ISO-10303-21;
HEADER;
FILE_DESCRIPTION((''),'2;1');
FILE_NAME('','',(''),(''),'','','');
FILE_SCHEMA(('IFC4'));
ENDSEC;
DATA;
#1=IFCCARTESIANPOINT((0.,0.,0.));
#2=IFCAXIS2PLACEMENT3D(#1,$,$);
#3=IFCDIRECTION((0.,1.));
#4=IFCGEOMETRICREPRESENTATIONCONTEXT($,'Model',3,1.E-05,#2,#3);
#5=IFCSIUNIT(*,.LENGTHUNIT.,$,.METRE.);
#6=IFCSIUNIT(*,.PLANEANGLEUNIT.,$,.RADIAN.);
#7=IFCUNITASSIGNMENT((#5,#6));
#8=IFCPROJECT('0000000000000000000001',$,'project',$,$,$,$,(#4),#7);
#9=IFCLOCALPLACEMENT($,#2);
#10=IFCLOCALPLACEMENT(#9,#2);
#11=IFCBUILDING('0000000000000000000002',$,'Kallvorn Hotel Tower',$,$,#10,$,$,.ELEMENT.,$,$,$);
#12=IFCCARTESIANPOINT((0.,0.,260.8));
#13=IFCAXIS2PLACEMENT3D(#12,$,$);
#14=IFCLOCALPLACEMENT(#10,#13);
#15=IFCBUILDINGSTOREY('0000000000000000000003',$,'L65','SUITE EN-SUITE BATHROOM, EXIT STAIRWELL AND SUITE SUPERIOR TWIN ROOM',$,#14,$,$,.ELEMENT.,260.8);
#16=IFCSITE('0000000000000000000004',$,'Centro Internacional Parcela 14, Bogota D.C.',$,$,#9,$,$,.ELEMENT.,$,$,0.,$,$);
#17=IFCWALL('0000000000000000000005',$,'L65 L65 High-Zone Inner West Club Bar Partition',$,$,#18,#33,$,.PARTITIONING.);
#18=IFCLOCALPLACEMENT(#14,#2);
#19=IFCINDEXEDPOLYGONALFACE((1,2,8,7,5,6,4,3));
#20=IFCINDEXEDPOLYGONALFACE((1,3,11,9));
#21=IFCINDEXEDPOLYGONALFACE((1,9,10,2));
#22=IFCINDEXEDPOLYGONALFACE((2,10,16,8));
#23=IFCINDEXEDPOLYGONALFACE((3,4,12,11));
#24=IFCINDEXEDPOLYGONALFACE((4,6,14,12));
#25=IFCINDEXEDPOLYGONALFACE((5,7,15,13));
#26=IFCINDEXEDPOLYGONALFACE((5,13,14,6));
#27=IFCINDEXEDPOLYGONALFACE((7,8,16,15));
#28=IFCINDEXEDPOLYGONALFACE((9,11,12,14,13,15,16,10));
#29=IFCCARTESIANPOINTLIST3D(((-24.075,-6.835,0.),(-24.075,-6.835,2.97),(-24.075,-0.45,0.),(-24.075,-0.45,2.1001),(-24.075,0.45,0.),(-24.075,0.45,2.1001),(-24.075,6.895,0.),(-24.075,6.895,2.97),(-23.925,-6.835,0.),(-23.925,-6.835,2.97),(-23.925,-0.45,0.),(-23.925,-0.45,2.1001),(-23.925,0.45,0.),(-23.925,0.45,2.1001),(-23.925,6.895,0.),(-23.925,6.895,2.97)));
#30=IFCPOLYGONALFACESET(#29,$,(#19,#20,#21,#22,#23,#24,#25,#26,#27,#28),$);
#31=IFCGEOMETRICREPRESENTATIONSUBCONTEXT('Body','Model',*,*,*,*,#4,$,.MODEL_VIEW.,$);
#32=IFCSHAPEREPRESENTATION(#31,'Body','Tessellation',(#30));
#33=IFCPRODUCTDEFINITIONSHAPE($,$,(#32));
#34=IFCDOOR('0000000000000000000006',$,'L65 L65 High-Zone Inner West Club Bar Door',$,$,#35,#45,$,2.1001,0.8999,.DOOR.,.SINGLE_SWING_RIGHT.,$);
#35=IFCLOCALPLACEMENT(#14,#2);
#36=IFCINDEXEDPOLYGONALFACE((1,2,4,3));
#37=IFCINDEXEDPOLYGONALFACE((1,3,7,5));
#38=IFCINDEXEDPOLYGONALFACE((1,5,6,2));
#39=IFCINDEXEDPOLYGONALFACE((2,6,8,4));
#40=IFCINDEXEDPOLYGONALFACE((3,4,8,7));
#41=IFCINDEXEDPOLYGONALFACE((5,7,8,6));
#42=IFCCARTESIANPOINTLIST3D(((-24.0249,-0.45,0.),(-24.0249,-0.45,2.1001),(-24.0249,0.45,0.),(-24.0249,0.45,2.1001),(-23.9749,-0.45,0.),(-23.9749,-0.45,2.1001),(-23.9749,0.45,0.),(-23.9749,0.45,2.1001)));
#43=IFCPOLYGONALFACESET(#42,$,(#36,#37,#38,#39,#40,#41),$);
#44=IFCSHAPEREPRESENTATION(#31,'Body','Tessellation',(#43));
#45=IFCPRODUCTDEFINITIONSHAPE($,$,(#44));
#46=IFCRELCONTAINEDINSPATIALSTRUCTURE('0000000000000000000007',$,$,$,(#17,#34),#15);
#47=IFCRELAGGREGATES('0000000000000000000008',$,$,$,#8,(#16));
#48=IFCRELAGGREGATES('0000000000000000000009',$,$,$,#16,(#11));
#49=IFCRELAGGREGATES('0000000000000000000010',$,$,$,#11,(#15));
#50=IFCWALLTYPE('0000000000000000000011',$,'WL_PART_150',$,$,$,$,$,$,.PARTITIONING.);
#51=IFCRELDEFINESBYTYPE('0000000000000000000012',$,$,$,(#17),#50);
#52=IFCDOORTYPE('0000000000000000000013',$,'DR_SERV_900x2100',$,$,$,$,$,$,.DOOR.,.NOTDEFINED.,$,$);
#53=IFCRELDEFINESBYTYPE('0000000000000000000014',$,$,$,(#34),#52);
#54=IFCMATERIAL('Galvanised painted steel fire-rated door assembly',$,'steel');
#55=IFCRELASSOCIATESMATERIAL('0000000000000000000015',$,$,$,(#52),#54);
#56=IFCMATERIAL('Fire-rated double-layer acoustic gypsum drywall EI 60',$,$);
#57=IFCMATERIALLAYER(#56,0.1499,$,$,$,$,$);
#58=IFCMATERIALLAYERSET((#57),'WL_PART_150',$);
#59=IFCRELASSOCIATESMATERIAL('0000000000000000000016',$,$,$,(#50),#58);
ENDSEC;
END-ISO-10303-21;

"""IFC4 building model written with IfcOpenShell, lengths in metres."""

from ifc_helpers import new_model, si_unit, direction, frame, frame_2d, origin, place, context, subcontext, project, spatial, rectangle, extrude, material, layer, layer_set, type_object, element, fill, save


model = new_model("IFC4")

# Units and contexts
model_context = context("Model", 3, precision=1e-05, world=origin(), true_north=direction((0.0, 1.0)))
body_context = subcontext(model_context, "Body", "Model", "MODEL_VIEW")
ifc_project = project(units=[si_unit("LENGTHUNIT", "METRE"), si_unit("PLANEANGLEUNIT", "RADIAN")], contexts=[model_context])

# Site, building, storey
site_placement = place(None, origin())
site = spatial("IfcSite", under=ifc_project, at=site_placement, Name="Centro Internacional Parcela 14, Bogota D.C.", CompositionType="ELEMENT", RefElevation=0.0)
building_placement = place(site_placement, origin())
building = spatial("IfcBuilding", under=site, at=building_placement, Name="Kallvorn Hotel Tower", CompositionType="ELEMENT")
storey_placement = place(building_placement, frame((0.0, 0.0, 260.8)))
storey = spatial("IfcBuildingStorey", under=building, at=storey_placement, Name="L65", Description="SUITE EN-SUITE BATHROOM, EXIT STAIRWELL AND SUITE SUPERIOR TWIN ROOM", CompositionType="ELEMENT", Elevation=260.8)

# Shared definitions
ifc_material_1 = material(Name="Galvanised painted steel fire-rated door assembly", Category="steel")
door_type_1 = type_object("IfcDoorType", Name="DR_SERV_900x2100", OperationType="NOTDEFINED", PredefinedType="DOOR", material=ifc_material_1)

# Shared definitions
ifc_material_2 = material(Name="Fire-rated double-layer acoustic gypsum drywall EI 60")
ifc_layer_1 = layer(ifc_material_2, 0.1499)
ifc_layer_set_1 = layer_set([ifc_layer_1], Name="WL_PART_150")
wall_type_1 = type_object("IfcWallType", Name="WL_PART_150", PredefinedType="PARTITIONING", material=ifc_layer_set_1)

# Wall, opening, door
wall_1_placement = place(storey_placement, frame((-24.0, -6.835, 0.0), z_axis=(0.0, 0.0, 1.0), x_axis=(0.0, 1.0, 0.0)))
wall_1 = element("IfcWall", 1, at=wall_1_placement, inside=storey, type_object=wall_type_1, Name="L65 L65 High-Zone Inner West Club Bar Partition", PredefinedType="PARTITIONING", context=body_context, shape_type="SweptSolid", body=[
    extrude(rectangle(XDim=13.73, YDim=0.1499, at=frame_2d((6.865, 0.0))), origin(), (0.0, 0.0, 1.0), 2.97),
])
opening_1_placement = place(wall_1_placement, frame((6.385, 0.0, 0.0)))
opening_1 = element("IfcOpeningElement", 2, at=opening_1_placement, cuts=wall_1, PredefinedType="OPENING", context=body_context, shape_type="SweptSolid", body=[
    extrude(rectangle(XDim=0.8999, YDim=2.1001, at=frame_2d((0.45, 1.05))), frame((0.0, 0.0898, 0.0), z_axis=(0.0, -1.0, 0.0), x_axis=(1.0, 0.0, 0.0)), (0.0, 0.0, 1.0), 0.1799),
])
door_1_placement = place(opening_1_placement, origin())
door_1 = element("IfcDoor", 3, at=door_1_placement, inside=storey, type_object=door_type_1, Name="L65 L65 High-Zone Inner West Club Bar Door", OperationType="SINGLE_SWING_RIGHT", OverallHeight=2.1001, OverallWidth=0.8999, PredefinedType="DOOR", context=body_context, shape_type="SweptSolid", body=[
    extrude(rectangle(XDim=0.8999, YDim=2.1001, at=frame_2d((0.45, 1.05))), frame((0.0, 0.0249, 0.0), z_axis=(0.0, -1.0, 0.0), x_axis=(1.0, 0.0, 0.0)), (0.0, 0.0, 1.0), 0.05),
])
fill(opening_1, door_1)

save(model, "model.ifc")
